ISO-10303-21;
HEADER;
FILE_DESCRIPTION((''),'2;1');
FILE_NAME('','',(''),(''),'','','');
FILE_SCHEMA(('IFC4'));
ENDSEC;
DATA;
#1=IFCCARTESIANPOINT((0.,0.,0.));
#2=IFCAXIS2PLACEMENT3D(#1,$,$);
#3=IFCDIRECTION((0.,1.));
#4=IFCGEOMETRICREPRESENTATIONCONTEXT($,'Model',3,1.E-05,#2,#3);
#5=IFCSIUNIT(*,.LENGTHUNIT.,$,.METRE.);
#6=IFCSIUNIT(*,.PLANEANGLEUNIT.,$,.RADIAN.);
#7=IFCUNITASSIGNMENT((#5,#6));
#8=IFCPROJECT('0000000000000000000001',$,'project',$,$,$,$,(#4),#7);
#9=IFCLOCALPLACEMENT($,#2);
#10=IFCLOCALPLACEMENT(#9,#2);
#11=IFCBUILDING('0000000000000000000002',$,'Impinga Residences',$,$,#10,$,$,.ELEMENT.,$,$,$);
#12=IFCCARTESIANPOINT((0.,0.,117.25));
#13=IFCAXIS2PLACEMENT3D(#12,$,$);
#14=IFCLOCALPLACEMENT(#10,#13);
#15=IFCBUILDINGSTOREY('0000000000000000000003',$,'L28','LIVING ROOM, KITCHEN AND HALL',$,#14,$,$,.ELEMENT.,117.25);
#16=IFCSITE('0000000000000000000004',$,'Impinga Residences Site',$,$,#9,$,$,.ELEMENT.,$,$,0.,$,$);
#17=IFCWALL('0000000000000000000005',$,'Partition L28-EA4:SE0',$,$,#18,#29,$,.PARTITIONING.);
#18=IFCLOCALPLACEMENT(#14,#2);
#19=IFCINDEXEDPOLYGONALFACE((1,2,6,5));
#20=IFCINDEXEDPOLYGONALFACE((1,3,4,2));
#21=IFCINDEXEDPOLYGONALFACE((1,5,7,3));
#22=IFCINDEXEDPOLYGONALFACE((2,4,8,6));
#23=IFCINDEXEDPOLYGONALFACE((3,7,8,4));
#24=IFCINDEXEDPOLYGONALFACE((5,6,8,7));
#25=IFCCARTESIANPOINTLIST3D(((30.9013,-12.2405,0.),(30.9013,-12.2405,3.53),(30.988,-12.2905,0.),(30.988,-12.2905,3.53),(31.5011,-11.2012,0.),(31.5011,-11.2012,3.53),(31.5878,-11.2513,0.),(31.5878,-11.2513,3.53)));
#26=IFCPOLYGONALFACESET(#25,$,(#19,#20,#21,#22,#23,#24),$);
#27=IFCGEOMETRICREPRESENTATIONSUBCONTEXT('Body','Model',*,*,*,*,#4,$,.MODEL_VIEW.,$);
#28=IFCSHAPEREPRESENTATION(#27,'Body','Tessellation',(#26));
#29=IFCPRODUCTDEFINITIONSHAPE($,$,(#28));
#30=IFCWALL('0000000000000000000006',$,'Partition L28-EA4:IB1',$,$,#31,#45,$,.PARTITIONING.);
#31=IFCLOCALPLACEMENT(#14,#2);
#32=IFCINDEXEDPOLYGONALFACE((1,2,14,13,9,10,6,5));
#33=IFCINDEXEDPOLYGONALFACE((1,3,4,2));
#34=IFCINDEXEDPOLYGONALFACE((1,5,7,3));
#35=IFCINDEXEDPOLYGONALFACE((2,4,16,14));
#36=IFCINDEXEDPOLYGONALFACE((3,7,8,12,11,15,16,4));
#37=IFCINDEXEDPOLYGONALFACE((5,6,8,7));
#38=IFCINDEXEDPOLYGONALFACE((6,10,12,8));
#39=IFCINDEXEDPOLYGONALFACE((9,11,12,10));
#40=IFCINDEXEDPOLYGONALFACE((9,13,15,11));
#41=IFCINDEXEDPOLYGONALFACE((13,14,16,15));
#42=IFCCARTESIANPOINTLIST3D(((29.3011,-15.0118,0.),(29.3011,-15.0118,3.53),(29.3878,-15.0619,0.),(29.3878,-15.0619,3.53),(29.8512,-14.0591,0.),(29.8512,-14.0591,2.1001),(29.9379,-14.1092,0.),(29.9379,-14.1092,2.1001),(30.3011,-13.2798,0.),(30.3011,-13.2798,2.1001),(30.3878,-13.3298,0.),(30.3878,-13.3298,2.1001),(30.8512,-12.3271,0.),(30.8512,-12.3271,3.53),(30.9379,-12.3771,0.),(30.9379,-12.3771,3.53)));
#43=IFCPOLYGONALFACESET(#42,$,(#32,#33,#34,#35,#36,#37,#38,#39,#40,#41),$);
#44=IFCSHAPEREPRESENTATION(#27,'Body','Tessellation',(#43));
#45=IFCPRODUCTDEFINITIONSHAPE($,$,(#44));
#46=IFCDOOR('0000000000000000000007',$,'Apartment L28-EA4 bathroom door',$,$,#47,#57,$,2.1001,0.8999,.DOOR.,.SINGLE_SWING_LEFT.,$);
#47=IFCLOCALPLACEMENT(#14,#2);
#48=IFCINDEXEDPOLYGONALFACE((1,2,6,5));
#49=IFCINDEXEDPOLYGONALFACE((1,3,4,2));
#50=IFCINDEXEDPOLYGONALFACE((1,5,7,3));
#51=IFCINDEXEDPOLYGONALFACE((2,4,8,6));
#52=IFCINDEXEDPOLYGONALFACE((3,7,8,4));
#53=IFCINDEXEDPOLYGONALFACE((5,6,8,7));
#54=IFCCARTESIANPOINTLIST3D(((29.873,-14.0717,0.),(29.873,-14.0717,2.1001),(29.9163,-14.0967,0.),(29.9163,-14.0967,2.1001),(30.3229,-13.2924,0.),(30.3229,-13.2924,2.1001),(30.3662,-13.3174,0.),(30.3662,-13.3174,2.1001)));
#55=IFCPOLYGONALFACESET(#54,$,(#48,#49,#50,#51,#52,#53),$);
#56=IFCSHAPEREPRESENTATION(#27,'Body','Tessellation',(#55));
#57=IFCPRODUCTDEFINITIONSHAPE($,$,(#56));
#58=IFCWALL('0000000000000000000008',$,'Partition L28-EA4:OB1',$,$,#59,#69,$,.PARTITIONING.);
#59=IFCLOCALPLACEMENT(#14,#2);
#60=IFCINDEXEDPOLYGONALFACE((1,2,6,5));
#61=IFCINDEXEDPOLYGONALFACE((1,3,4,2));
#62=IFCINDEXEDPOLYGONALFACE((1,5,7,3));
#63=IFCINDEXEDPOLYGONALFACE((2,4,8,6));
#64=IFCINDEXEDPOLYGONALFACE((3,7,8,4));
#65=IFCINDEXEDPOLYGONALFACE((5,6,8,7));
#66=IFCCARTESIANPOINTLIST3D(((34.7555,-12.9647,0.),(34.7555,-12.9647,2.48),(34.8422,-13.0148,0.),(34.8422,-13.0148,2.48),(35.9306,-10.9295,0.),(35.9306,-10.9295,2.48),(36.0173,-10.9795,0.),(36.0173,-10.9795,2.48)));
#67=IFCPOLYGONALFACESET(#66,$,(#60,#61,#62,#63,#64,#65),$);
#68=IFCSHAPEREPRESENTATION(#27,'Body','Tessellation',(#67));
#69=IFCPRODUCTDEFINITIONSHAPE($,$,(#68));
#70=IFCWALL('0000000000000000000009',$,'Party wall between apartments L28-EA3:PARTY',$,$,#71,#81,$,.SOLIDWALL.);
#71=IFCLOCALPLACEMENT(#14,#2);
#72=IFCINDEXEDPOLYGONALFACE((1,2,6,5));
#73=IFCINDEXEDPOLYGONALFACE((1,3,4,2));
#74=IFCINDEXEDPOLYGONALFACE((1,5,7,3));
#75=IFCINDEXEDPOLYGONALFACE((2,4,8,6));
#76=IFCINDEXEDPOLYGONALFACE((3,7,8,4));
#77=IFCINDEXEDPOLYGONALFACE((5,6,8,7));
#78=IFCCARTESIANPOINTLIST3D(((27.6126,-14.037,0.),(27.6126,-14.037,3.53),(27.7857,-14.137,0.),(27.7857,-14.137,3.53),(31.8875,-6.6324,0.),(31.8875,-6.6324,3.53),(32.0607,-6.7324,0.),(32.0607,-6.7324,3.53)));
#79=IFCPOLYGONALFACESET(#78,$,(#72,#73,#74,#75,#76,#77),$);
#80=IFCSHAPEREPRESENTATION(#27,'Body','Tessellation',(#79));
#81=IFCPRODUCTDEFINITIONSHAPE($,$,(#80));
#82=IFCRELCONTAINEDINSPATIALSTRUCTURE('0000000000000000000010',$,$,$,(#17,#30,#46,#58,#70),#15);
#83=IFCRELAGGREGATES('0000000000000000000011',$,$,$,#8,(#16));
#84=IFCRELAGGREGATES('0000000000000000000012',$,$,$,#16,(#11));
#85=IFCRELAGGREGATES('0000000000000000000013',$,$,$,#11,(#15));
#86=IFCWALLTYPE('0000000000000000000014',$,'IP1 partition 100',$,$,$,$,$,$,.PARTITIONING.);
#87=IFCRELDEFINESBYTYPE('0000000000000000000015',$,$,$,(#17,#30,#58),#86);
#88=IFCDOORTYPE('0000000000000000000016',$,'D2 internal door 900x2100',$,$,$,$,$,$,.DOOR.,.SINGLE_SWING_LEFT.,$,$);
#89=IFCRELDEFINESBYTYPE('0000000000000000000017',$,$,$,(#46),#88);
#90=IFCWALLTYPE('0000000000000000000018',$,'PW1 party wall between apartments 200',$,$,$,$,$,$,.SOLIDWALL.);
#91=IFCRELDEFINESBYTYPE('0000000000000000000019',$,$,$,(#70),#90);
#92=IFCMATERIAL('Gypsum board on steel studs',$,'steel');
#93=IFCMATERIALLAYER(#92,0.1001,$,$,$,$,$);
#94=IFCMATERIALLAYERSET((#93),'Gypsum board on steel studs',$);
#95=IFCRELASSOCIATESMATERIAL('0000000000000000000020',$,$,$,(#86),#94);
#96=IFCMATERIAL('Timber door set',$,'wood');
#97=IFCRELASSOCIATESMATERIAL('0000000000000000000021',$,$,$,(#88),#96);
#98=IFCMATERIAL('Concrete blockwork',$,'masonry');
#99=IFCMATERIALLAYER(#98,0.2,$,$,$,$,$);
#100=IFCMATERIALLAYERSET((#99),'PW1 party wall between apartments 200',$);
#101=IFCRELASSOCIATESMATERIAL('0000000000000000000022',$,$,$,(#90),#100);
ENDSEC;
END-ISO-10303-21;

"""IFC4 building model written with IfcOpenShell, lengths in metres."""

from ifc_helpers import new_model, si_unit, direction, frame, frame_2d, origin, place, context, subcontext, project, spatial, rectangle, extrude, material, layer, layer_set, type_object, element, fill, save


model = new_model("IFC4")

# Units and contexts
model_context = context("Model", 3, precision=1e-05, world=origin(), true_north=direction((0.0, 1.0)))
body_context = subcontext(model_context, "Body", "Model", "MODEL_VIEW")
ifc_project = project(units=[si_unit("LENGTHUNIT", "METRE"), si_unit("PLANEANGLEUNIT", "RADIAN")], contexts=[model_context])

# Site, building, storey
site_placement = place(None, origin())
site = spatial("IfcSite", under=ifc_project, at=site_placement, Name="Impinga Residences Site", CompositionType="ELEMENT", RefElevation=0.0)
building_placement = place(site_placement, origin())
building = spatial("IfcBuilding", under=site, at=building_placement, Name="Impinga Residences", CompositionType="ELEMENT")
storey_placement = place(building_placement, frame((0.0, 0.0, 117.25)))
storey = spatial("IfcBuildingStorey", under=building, at=storey_placement, Name="L28", Description="LIVING ROOM, KITCHEN AND HALL", CompositionType="ELEMENT", Elevation=117.25)

# Shared definitions
ifc_material_1 = material(Name="Concrete blockwork", Category="masonry")
ifc_material_2 = material(Name="Timber door set", Category="wood")

# Shared definitions
ifc_material_3 = material(Name="Gypsum board on steel studs", Category="steel")
ifc_layer_1 = layer(ifc_material_3, 0.1001)
ifc_layer_set_1 = layer_set([ifc_layer_1], Name="Gypsum board on steel studs")
wall_type_1 = type_object("IfcWallType", Name="IP1 partition 100", PredefinedType="PARTITIONING", material=ifc_layer_set_1)

# Shared definitions
door_type_1 = type_object("IfcDoorType", Name="D2 internal door 900x2100", OperationType="SINGLE_SWING_LEFT", PredefinedType="DOOR", material=ifc_material_2)

# Wall
wall_1_placement = place(storey_placement, frame((30.9446, -12.2656, 0.0), z_axis=(0.0, 0.0, 1.0), x_axis=(0.499881, 0.866094, 0.0)))
element("IfcWall", 1, at=wall_1_placement, inside=storey, type_object=wall_type_1, Name="Partition L28-EA4:SE0", PredefinedType="PARTITIONING", context=body_context, shape_type="SweptSolid", body=[
    extrude(rectangle(XDim=1.2, YDim=0.1001, at=frame_2d((0.6001, 0.0))), origin(), (0.0, 0.0, 1.0), 3.53),
])

# Wall, opening, door
wall_2_placement = place(storey_placement, frame((29.3445, -15.0369, 0.0), z_axis=(0.0, 0.0, 1.0), x_axis=(0.499993, 0.86603, 0.0)))
wall_2 = element("IfcWall", 2, at=wall_2_placement, inside=storey, type_object=wall_type_1, Name="Partition L28-EA4:IB1", PredefinedType="PARTITIONING", context=body_context, shape_type="SweptSolid", body=[
    extrude(rectangle(XDim=3.1001, YDim=0.1001, at=frame_2d((1.55, 0.0))), origin(), (0.0, 0.0, 1.0), 3.53),
])
opening_1_placement = place(wall_2_placement, frame((1.1001, 0.0, 0.0)))
opening_1 = element("IfcOpeningElement", 3, at=opening_1_placement, cuts=wall_2, PredefinedType="OPENING", context=body_context, shape_type="SweptSolid", body=[
    extrude(rectangle(XDim=0.8999, YDim=2.1001, at=frame_2d((0.45, 1.05))), frame((0.0, 0.0601, 0.0), z_axis=(0.0, -1.0, 0.0), x_axis=(1.0, 0.0, 0.0)), (0.0, 0.0, 1.0), 0.1201),
])
door_1_placement = place(opening_1_placement, origin())
door_1 = element("IfcDoor", 4, at=door_1_placement, inside=storey, type_object=door_type_1, Name="Apartment L28-EA4 bathroom door", OperationType="SINGLE_SWING_LEFT", OverallHeight=2.1001, OverallWidth=0.8999, PredefinedType="DOOR", context=body_context, shape_type="SweptSolid", body=[
    extrude(rectangle(XDim=0.8999, YDim=2.1001, at=frame_2d((0.45, 1.05))), frame((0.0, 0.0249, 0.0), z_axis=(0.0, -1.0, 0.0), x_axis=(1.0, 0.0, 0.0)), (0.0, 0.0, 1.0), 0.05),
])
fill(opening_1, door_1)

# Walls
wall_3_placement = place(storey_placement, frame((34.7988, -12.9897, 0.0), z_axis=(0.0, 0.0, 1.0), x_axis=(0.500016, 0.866016, 0.0)))
element("IfcWall", 5, at=wall_3_placement, inside=storey, type_object=wall_type_1, Name="Partition L28-EA4:OB1", PredefinedType="PARTITIONING", context=body_context, shape_type="SweptSolid", body=[
    extrude(rectangle(XDim=2.3501, YDim=0.1001, at=frame_2d((1.175, 0.0))), origin(), (0.0, 0.0, 1.0), 2.48),
])
ifc_layer_2 = layer(ifc_material_1, 0.2)
ifc_layer_set_2 = layer_set([ifc_layer_2], Name="PW1 party wall between apartments 200")
wall_type_2 = type_object("IfcWallType", Name="PW1 party wall between apartments 200", PredefinedType="SOLIDWALL", material=ifc_layer_set_2)
wall_4_placement = place(storey_placement, frame((27.6992, -14.0869, 0.0), z_axis=(0.0, 0.0, 1.0), x_axis=(0.49999, 0.866031, 0.0)))
element("IfcWall", 6, at=wall_4_placement, inside=storey, type_object=wall_type_2, Name="Party wall between apartments L28-EA3:PARTY", PredefinedType="SOLIDWALL", context=body_context, shape_type="SweptSolid", body=[
    extrude(rectangle(XDim=8.55, YDim=0.2, at=frame_2d((4.2749, 0.0))), origin(), (0.0, 0.0, 1.0), 3.53),
])

save(model, "model.ifc")
